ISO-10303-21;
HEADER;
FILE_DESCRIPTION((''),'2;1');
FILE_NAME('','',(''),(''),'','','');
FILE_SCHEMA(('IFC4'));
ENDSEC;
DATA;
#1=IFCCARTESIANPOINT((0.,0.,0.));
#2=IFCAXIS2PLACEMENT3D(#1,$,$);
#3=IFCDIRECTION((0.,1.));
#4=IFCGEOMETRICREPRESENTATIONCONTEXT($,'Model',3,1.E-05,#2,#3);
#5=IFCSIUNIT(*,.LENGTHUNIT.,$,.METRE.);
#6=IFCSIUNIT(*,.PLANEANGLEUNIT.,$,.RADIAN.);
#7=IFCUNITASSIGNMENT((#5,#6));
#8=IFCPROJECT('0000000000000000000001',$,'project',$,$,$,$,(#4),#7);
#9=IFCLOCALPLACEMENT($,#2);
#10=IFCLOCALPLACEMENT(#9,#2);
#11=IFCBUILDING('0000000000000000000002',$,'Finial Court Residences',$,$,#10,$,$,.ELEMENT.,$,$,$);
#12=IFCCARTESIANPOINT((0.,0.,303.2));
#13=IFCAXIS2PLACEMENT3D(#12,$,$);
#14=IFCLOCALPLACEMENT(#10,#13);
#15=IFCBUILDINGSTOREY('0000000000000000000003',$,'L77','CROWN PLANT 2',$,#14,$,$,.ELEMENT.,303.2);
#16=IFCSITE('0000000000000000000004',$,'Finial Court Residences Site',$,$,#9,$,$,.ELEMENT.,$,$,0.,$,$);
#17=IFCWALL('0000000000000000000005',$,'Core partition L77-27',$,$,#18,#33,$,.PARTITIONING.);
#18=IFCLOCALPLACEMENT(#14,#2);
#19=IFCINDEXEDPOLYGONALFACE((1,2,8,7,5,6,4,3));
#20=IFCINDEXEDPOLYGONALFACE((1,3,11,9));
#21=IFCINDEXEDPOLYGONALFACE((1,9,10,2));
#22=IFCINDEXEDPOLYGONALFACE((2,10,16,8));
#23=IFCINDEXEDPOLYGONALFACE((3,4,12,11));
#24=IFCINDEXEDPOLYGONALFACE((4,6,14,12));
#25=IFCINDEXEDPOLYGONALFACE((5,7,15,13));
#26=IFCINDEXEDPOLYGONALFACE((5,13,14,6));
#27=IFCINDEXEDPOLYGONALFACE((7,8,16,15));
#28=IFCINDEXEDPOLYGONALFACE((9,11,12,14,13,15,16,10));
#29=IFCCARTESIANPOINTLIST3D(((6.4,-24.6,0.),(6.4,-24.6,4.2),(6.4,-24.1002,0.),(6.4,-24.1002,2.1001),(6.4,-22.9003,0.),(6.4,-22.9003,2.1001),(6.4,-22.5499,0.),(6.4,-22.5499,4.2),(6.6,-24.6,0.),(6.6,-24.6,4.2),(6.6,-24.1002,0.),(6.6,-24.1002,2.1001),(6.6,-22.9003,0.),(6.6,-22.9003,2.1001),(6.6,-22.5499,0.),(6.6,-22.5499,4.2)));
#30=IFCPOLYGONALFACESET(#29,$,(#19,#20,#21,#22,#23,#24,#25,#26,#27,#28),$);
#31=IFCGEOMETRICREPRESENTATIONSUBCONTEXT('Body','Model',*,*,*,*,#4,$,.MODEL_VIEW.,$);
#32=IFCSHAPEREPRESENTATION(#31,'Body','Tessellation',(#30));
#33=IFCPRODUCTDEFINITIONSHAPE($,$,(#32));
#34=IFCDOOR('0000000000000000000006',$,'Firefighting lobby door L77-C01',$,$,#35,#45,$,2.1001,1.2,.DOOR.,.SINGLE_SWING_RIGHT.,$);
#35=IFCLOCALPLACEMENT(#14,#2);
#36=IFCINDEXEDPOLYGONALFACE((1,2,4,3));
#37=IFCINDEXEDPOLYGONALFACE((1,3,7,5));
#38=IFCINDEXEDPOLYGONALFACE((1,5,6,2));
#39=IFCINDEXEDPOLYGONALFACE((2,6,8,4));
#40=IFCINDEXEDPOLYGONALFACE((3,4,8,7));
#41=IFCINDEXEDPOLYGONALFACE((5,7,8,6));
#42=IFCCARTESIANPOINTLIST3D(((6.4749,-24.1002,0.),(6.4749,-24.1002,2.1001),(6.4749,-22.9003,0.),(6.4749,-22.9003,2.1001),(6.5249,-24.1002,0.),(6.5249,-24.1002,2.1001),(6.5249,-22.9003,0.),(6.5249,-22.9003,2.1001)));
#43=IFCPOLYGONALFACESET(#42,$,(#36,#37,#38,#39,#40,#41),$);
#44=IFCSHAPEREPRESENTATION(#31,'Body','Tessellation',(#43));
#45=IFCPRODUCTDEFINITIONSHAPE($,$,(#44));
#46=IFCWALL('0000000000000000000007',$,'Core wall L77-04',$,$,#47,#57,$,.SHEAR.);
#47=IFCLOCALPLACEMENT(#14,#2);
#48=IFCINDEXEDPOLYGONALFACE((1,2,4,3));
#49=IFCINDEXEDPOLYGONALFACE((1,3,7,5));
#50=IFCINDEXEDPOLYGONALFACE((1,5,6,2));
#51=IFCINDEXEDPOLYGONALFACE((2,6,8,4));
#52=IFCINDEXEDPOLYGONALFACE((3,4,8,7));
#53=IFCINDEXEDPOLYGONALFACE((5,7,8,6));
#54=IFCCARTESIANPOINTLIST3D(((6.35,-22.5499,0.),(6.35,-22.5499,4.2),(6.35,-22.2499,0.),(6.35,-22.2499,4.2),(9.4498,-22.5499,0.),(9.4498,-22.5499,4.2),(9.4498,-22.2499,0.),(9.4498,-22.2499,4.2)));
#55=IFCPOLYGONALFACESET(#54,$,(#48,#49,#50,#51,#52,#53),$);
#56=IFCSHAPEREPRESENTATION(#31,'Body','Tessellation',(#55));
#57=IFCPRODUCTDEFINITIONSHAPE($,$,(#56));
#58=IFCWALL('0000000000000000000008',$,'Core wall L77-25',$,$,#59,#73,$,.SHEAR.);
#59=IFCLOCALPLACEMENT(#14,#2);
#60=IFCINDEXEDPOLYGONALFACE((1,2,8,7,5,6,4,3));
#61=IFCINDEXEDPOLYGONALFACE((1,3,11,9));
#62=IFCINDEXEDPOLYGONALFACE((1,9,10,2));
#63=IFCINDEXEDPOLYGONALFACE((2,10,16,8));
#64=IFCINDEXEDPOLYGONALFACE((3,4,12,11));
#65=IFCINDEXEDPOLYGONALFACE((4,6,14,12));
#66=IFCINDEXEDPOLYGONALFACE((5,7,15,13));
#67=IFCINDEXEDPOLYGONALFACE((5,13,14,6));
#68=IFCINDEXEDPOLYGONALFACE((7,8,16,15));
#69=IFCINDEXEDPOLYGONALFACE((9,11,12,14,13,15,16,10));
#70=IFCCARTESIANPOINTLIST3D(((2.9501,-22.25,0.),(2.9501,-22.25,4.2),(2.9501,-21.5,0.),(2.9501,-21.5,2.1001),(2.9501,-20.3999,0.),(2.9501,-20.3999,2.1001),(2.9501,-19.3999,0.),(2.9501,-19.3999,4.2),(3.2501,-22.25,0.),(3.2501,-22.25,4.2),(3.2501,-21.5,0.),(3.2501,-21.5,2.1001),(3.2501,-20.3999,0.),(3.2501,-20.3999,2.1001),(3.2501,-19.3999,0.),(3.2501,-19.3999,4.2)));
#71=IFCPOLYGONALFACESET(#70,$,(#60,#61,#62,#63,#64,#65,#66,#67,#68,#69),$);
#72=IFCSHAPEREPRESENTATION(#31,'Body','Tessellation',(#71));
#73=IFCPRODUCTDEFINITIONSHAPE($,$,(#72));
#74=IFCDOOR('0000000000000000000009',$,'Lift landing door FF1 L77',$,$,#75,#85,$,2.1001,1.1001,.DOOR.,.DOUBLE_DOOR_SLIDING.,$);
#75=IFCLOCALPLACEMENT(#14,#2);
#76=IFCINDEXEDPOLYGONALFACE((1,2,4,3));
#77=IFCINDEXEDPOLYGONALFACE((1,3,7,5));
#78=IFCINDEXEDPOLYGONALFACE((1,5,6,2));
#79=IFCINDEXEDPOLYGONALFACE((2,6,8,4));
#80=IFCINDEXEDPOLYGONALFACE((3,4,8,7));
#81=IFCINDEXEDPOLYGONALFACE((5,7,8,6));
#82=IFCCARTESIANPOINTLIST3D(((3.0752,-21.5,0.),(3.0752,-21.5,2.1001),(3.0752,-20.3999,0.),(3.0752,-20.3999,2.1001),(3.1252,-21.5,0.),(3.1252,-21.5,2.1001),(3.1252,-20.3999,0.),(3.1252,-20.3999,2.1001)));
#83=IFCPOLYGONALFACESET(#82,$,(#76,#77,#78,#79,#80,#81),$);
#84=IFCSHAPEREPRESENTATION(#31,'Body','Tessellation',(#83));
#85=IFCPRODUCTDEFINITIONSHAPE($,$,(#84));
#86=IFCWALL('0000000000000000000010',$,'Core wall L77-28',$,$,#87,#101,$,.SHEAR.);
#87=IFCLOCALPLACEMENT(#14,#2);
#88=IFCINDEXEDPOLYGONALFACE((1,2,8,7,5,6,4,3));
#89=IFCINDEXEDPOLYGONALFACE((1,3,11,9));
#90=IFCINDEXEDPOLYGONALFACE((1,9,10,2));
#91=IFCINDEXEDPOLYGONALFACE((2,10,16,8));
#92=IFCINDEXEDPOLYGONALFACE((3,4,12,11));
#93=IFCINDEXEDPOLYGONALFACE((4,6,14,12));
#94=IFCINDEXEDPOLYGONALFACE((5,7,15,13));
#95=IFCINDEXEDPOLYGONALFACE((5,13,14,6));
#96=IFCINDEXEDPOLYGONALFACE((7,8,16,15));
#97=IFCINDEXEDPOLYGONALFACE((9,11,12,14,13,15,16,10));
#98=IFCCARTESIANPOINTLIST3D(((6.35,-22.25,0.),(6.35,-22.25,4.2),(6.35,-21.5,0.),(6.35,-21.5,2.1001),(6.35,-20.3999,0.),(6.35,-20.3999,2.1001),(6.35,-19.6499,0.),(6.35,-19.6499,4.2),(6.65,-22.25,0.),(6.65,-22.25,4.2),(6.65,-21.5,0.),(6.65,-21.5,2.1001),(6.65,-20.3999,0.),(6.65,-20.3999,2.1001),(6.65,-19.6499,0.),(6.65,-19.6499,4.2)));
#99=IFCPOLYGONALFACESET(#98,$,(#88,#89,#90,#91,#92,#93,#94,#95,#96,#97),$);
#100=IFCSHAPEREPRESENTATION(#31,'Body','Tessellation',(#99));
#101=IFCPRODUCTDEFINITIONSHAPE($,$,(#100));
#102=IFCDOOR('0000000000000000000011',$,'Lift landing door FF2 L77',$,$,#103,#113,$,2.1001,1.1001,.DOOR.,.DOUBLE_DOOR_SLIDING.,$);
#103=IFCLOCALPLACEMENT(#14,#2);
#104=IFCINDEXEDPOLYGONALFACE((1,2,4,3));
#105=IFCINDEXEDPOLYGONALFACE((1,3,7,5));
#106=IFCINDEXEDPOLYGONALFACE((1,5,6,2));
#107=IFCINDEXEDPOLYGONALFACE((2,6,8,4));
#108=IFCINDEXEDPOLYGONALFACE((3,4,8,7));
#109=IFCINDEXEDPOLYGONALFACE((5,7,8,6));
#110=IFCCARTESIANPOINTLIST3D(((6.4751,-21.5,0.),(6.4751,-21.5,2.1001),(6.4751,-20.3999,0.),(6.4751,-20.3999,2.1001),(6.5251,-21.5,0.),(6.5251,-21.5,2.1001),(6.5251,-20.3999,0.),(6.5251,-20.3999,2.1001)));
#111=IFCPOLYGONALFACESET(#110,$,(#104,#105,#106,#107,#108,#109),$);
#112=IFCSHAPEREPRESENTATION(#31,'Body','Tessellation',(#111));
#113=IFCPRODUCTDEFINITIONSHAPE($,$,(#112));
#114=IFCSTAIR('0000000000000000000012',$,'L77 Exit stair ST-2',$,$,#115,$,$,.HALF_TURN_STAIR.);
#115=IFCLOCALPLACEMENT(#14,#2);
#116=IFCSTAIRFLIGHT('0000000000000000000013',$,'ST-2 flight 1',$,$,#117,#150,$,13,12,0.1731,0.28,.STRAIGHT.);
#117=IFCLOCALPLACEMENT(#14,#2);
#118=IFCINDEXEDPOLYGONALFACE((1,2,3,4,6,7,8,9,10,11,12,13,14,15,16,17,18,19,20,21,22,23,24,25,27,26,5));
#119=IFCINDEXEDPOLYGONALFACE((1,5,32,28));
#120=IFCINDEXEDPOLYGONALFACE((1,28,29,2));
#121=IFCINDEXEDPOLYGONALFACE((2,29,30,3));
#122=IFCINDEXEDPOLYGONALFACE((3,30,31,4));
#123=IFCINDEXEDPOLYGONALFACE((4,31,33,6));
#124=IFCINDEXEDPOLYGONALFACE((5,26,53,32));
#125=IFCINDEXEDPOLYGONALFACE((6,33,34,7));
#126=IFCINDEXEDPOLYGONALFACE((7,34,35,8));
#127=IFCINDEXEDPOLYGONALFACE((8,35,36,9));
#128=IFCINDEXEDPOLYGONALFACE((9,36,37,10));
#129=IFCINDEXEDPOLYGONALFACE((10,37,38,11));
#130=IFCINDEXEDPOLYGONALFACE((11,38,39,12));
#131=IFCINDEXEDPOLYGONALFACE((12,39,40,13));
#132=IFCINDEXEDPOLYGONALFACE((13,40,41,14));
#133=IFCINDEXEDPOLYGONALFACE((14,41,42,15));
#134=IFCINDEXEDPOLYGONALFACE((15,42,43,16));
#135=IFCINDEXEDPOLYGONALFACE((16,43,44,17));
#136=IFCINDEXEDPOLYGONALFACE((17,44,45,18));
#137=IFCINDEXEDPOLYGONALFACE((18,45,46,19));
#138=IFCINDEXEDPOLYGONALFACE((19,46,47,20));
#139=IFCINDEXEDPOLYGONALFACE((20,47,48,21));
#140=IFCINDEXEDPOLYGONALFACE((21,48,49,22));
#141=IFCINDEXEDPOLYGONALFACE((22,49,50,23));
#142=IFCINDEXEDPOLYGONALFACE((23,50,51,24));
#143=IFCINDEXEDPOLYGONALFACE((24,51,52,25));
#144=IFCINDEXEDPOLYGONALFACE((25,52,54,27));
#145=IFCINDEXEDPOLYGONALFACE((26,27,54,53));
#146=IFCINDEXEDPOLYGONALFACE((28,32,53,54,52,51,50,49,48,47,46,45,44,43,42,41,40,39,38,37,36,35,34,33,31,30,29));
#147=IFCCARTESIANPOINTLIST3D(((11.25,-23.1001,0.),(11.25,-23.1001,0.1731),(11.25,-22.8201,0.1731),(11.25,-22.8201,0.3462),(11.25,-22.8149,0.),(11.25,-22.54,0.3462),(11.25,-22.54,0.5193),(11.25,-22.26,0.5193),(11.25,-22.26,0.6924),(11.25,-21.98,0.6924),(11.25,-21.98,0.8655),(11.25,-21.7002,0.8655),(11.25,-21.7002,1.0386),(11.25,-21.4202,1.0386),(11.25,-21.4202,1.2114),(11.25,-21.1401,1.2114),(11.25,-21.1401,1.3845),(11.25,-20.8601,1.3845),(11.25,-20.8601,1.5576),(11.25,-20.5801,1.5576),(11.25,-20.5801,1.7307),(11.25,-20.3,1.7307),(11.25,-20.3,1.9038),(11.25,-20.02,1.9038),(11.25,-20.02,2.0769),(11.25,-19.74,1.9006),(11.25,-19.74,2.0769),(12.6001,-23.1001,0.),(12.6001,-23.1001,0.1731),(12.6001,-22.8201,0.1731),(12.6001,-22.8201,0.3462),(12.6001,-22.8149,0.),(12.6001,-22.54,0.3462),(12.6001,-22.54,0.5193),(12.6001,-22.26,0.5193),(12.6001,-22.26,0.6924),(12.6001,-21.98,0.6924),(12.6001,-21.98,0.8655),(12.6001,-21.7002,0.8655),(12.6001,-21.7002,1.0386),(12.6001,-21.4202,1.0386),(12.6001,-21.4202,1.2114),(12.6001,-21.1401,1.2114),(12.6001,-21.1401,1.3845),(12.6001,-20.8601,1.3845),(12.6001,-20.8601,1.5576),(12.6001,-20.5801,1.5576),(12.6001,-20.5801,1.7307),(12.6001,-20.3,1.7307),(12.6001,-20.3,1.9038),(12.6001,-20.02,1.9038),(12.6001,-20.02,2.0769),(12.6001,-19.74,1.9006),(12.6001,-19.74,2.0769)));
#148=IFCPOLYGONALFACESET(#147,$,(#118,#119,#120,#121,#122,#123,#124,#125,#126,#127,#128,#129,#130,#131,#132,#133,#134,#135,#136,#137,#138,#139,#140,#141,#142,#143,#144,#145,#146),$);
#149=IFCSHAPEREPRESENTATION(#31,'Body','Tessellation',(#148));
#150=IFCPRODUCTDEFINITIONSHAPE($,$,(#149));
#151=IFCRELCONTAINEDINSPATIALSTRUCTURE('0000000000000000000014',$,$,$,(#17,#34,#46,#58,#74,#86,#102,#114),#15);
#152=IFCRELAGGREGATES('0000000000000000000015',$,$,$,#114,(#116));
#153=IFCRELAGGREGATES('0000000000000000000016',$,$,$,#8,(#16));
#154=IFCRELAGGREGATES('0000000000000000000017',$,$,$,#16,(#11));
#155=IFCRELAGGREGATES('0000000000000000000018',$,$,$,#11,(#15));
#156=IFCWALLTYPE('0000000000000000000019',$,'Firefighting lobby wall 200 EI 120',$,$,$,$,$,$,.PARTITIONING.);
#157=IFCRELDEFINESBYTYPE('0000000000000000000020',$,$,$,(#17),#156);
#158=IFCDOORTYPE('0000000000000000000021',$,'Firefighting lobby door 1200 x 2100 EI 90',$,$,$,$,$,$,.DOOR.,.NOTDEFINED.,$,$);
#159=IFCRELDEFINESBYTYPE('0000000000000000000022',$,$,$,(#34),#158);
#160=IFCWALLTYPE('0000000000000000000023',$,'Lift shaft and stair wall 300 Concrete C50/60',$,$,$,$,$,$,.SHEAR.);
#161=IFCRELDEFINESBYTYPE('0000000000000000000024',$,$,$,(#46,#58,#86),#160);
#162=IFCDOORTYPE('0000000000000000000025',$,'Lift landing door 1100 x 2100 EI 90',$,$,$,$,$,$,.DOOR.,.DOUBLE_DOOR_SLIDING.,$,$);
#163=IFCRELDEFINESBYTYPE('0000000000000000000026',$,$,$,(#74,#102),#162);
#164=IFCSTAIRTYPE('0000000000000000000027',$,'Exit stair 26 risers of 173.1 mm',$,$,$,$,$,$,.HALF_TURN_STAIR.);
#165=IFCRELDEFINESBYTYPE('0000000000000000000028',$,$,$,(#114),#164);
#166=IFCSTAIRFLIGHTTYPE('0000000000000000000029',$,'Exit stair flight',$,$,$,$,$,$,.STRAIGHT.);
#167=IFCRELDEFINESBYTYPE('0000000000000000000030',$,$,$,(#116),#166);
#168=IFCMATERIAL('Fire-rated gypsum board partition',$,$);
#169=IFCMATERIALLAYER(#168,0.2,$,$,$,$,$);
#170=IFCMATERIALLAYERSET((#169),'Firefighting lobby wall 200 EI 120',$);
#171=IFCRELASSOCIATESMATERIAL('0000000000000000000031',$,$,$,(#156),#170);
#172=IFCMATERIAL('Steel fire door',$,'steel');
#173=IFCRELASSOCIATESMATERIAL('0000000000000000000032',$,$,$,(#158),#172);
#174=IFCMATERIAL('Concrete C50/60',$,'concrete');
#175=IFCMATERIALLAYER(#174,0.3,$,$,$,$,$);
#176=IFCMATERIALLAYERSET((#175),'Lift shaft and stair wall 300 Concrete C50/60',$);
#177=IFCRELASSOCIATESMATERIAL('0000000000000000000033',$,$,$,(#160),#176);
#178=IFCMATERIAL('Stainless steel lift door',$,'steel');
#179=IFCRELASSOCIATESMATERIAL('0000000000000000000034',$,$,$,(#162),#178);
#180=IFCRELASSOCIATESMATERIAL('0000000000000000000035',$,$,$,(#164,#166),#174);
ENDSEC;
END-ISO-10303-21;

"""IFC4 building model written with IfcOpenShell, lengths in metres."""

from ifc_helpers import new_model, si_unit, direction, frame, frame_2d, origin, place, context, subcontext, project, spatial, polyline, rectangle, outline, extrude, material, layer, layer_set, type_object, element, fill, aggregate, save


model = new_model("IFC4")

# Units and contexts
model_context = context("Model", 3, precision=1e-05, world=origin(), true_north=direction((0.0, 1.0)))
body_context = subcontext(model_context, "Body", "Model", "MODEL_VIEW")
ifc_project = project(units=[si_unit("LENGTHUNIT", "METRE"), si_unit("PLANEANGLEUNIT", "RADIAN")], contexts=[model_context])

# Site, building, storey
site_placement = place(None, origin())
site = spatial("IfcSite", under=ifc_project, at=site_placement, Name="Finial Court Residences Site", CompositionType="ELEMENT", RefElevation=0.0)
building_placement = place(site_placement, origin())
building = spatial("IfcBuilding", under=site, at=building_placement, Name="Finial Court Residences", CompositionType="ELEMENT")
storey_placement = place(building_placement, frame((0.0, 0.0, 303.2)))
storey = spatial("IfcBuildingStorey", under=building, at=storey_placement, Name="L77", Description="CROWN PLANT 2", CompositionType="ELEMENT", Elevation=303.2)

# Shared definitions
ifc_material_1 = material(Name="Concrete C50/60", Category="concrete")

# Wall, opening, door
ifc_material_2 = material(Name="Fire-rated gypsum board partition")
ifc_layer_1 = layer(ifc_material_2, 0.2)
ifc_layer_set_1 = layer_set([ifc_layer_1], Name="Firefighting lobby wall 200 EI 120")
wall_type_1 = type_object("IfcWallType", Name="Firefighting lobby wall 200 EI 120", PredefinedType="PARTITIONING", material=ifc_layer_set_1)
ifc_material_3 = material(Name="Steel fire door", Category="steel")
wall_1_placement = place(storey_placement, frame((6.5, -22.55, 0.0), z_axis=(0.0, 0.0, 1.0), x_axis=(0.0, -1.0, 0.0)))
wall_1 = element("IfcWall", 1, at=wall_1_placement, inside=storey, type_object=wall_type_1, Name="Core partition L77-27", PredefinedType="PARTITIONING", context=body_context, shape_type="SweptSolid", body=[
    extrude(rectangle(XDim=2.05, YDim=0.2, at=frame_2d((1.0249, 0.0))), origin(), (0.0, 0.0, 1.0), 4.2),
])
opening_1_placement = place(wall_1_placement, frame((0.3501, 0.0, 0.0)))
opening_1 = element("IfcOpeningElement", 2, at=opening_1_placement, cuts=wall_1, PredefinedType="OPENING", context=body_context, shape_type="SweptSolid", body=[
    extrude(rectangle(XDim=1.2, YDim=2.1001, at=frame_2d((0.6001, 1.05))), frame((0.0, 0.1099, 0.0), z_axis=(0.0, -1.0, 0.0), x_axis=(1.0, 0.0, 0.0)), (0.0, 0.0, 1.0), 0.22),
])
door_type_1 = type_object("IfcDoorType", Name="Firefighting lobby door 1200 x 2100 EI 90", OperationType="NOTDEFINED", PredefinedType="DOOR", material=ifc_material_3)
door_1_placement = place(opening_1_placement, origin())
door_1 = element("IfcDoor", 3, at=door_1_placement, inside=storey, type_object=door_type_1, Name="Firefighting lobby door L77-C01", OperationType="SINGLE_SWING_RIGHT", OverallHeight=2.1001, OverallWidth=1.2, PredefinedType="DOOR", context=body_context, shape_type="SweptSolid", body=[
    extrude(rectangle(XDim=1.2, YDim=2.1001, at=frame_2d((0.6001, 1.05))), frame((0.0, 0.0249, 0.0), z_axis=(0.0, -1.0, 0.0), x_axis=(1.0, 0.0, 0.0)), (0.0, 0.0, 1.0), 0.05),
])
fill(opening_1, door_1)

# Wall
ifc_layer_2 = layer(ifc_material_1, 0.3)
ifc_layer_set_2 = layer_set([ifc_layer_2], Name="Lift shaft and stair wall 300 Concrete C50/60")
wall_type_2 = type_object("IfcWallType", Name="Lift shaft and stair wall 300 Concrete C50/60", PredefinedType="SHEAR", material=ifc_layer_set_2)
wall_2_placement = place(storey_placement, frame((6.3501, -22.3999, 0.0), z_axis=(0.0, 0.0, 1.0), x_axis=(1.0, 0.0, 0.0)))
element("IfcWall", 4, at=wall_2_placement, inside=storey, type_object=wall_type_2, Name="Core wall L77-04", PredefinedType="SHEAR", context=body_context, shape_type="SweptSolid", body=[
    extrude(rectangle(XDim=3.0999, YDim=0.3, at=frame_2d((1.5498, 0.0))), origin(), (0.0, 0.0, 1.0), 4.2),
])

# Walls, openings, doors
wall_3_placement = place(storey_placement, frame((3.1001, -22.25, 0.0), z_axis=(0.0, 0.0, 1.0), x_axis=(0.0, 1.0, 0.0)))
wall_3 = element("IfcWall", 5, at=wall_3_placement, inside=storey, type_object=wall_type_2, Name="Core wall L77-25", PredefinedType="SHEAR", context=body_context, shape_type="SweptSolid", body=[
    extrude(rectangle(XDim=2.8501, YDim=0.3, at=frame_2d((1.425, 0.0))), origin(), (0.0, 0.0, 1.0), 4.2),
])
opening_2_placement = place(wall_3_placement, frame((0.75, 0.0, 0.0)))
opening_2 = element("IfcOpeningElement", 6, at=opening_2_placement, cuts=wall_3, PredefinedType="OPENING", context=body_context, shape_type="SweptSolid", body=[
    extrude(rectangle(XDim=1.1001, YDim=2.1001, at=frame_2d((0.55, 1.05))), frame((0.0, 0.1599, 0.0), z_axis=(0.0, -1.0, 0.0), x_axis=(1.0, 0.0, 0.0)), (0.0, 0.0, 1.0), 0.3201),
])
ifc_material_4 = material(Name="Stainless steel lift door", Category="steel")
door_type_2 = type_object("IfcDoorType", Name="Lift landing door 1100 x 2100 EI 90", OperationType="DOUBLE_DOOR_SLIDING", PredefinedType="DOOR", material=ifc_material_4)
door_2_placement = place(opening_2_placement, origin())
door_2 = element("IfcDoor", 7, at=door_2_placement, inside=storey, type_object=door_type_2, Name="Lift landing door FF1 L77", OperationType="DOUBLE_DOOR_SLIDING", OverallHeight=2.1001, OverallWidth=1.1001, PredefinedType="DOOR", context=body_context, shape_type="SweptSolid", body=[
    extrude(rectangle(XDim=1.1001, YDim=2.1001, at=frame_2d((0.55, 1.05))), frame((0.0, 0.0249, 0.0), z_axis=(0.0, -1.0, 0.0), x_axis=(1.0, 0.0, 0.0)), (0.0, 0.0, 1.0), 0.05),
])
fill(opening_2, door_2)
wall_4_placement = place(storey_placement, frame((6.5, -22.25, 0.0), z_axis=(0.0, 0.0, 1.0), x_axis=(0.0, 1.0, 0.0)))
wall_4 = element("IfcWall", 8, at=wall_4_placement, inside=storey, type_object=wall_type_2, Name="Core wall L77-28", PredefinedType="SHEAR", context=body_context, shape_type="SweptSolid", body=[
    extrude(rectangle(XDim=2.6001, YDim=0.3, at=frame_2d((1.3, 0.0))), origin(), (0.0, 0.0, 1.0), 4.2),
])
opening_3_placement = place(wall_4_placement, frame((0.75, 0.0, 0.0)))
opening_3 = element("IfcOpeningElement", 9, at=opening_3_placement, cuts=wall_4, PredefinedType="OPENING", context=body_context, shape_type="SweptSolid", body=[
    extrude(rectangle(XDim=1.1001, YDim=2.1001, at=frame_2d((0.55, 1.05))), frame((0.0, 0.1599, 0.0), z_axis=(0.0, -1.0, 0.0), x_axis=(1.0, 0.0, 0.0)), (0.0, 0.0, 1.0), 0.3201),
])
door_3_placement = place(opening_3_placement, origin())
door_3 = element("IfcDoor", 10, at=door_3_placement, inside=storey, type_object=door_type_2, Name="Lift landing door FF2 L77", OperationType="DOUBLE_DOOR_SLIDING", OverallHeight=2.1001, OverallWidth=1.1001, PredefinedType="DOOR", context=body_context, shape_type="SweptSolid", body=[
    extrude(rectangle(XDim=1.1001, YDim=2.1001, at=frame_2d((0.55, 1.05))), frame((0.0, 0.0249, 0.0), z_axis=(0.0, -1.0, 0.0), x_axis=(1.0, 0.0, 0.0)), (0.0, 0.0, 1.0), 0.05),
])
fill(opening_3, door_3)

# Stair, stair flight
stair_type = type_object("IfcStairType", Name="Exit stair 26 risers of 173.1 mm", PredefinedType="HALF_TURN_STAIR", material=ifc_material_1)
stair_placement = place(storey_placement, origin())
stair = element("IfcStair", 11, at=stair_placement, inside=storey, type_object=stair_type, Name="L77 Exit stair ST-2", PredefinedType="HALF_TURN_STAIR")
stair_flight_type = type_object("IfcStairFlightType", Name="Exit stair flight", PredefinedType="STRAIGHT", material=ifc_material_1)
stair_flight_1_placement = place(storey_placement, frame((11.925, -23.1001, 0.0), z_axis=(0.0, 0.0, 1.0), x_axis=(0.0, 1.0, 0.0)))
stair_flight_1 = element("IfcStairFlight", 12, at=stair_flight_1_placement, type_object=stair_flight_type, Name="ST-2 flight 1", NumberOfRisers=13, NumberOfTreads=12, PredefinedType="STRAIGHT", RiserHeight=0.1731, TreadLength=0.28, context=body_context, shape_type="SweptSolid", body=[
    extrude(outline(polyline([(0.0, 0.0), (0.0, 0.1731), (0.28, 0.1731), (0.28, 0.3462), (0.5601, 0.3462), (0.5601, 0.5193), (0.8401, 0.5193), (0.8401, 0.6924), (1.1201, 0.6924), (1.1201, 0.8655), (1.3999, 0.8655), (1.3999, 1.0386), (1.6799, 1.0386), (1.6799, 1.2114), (1.96, 1.2114), (1.96, 1.3845), (2.24, 1.3845), (2.24, 1.5576), (2.52, 1.5576), (2.52, 1.7307), (2.8, 1.7307), (2.8, 1.9038), (3.0801, 1.9038), (3.0801, 2.0769), (3.3601, 2.0769), (3.3601, 2.25), (3.3601, 1.9006), (0.2852, 0.0), (0.0, 0.0)])), frame((0.0, 0.675, 0.0), z_axis=(0.0, -1.0, 0.0), x_axis=(1.0, 0.0, 0.0)), (0.0, 0.0, 1.0), 1.3501),
])
aggregate(stair, [stair_flight_1])

save(model, "model.ifc")
